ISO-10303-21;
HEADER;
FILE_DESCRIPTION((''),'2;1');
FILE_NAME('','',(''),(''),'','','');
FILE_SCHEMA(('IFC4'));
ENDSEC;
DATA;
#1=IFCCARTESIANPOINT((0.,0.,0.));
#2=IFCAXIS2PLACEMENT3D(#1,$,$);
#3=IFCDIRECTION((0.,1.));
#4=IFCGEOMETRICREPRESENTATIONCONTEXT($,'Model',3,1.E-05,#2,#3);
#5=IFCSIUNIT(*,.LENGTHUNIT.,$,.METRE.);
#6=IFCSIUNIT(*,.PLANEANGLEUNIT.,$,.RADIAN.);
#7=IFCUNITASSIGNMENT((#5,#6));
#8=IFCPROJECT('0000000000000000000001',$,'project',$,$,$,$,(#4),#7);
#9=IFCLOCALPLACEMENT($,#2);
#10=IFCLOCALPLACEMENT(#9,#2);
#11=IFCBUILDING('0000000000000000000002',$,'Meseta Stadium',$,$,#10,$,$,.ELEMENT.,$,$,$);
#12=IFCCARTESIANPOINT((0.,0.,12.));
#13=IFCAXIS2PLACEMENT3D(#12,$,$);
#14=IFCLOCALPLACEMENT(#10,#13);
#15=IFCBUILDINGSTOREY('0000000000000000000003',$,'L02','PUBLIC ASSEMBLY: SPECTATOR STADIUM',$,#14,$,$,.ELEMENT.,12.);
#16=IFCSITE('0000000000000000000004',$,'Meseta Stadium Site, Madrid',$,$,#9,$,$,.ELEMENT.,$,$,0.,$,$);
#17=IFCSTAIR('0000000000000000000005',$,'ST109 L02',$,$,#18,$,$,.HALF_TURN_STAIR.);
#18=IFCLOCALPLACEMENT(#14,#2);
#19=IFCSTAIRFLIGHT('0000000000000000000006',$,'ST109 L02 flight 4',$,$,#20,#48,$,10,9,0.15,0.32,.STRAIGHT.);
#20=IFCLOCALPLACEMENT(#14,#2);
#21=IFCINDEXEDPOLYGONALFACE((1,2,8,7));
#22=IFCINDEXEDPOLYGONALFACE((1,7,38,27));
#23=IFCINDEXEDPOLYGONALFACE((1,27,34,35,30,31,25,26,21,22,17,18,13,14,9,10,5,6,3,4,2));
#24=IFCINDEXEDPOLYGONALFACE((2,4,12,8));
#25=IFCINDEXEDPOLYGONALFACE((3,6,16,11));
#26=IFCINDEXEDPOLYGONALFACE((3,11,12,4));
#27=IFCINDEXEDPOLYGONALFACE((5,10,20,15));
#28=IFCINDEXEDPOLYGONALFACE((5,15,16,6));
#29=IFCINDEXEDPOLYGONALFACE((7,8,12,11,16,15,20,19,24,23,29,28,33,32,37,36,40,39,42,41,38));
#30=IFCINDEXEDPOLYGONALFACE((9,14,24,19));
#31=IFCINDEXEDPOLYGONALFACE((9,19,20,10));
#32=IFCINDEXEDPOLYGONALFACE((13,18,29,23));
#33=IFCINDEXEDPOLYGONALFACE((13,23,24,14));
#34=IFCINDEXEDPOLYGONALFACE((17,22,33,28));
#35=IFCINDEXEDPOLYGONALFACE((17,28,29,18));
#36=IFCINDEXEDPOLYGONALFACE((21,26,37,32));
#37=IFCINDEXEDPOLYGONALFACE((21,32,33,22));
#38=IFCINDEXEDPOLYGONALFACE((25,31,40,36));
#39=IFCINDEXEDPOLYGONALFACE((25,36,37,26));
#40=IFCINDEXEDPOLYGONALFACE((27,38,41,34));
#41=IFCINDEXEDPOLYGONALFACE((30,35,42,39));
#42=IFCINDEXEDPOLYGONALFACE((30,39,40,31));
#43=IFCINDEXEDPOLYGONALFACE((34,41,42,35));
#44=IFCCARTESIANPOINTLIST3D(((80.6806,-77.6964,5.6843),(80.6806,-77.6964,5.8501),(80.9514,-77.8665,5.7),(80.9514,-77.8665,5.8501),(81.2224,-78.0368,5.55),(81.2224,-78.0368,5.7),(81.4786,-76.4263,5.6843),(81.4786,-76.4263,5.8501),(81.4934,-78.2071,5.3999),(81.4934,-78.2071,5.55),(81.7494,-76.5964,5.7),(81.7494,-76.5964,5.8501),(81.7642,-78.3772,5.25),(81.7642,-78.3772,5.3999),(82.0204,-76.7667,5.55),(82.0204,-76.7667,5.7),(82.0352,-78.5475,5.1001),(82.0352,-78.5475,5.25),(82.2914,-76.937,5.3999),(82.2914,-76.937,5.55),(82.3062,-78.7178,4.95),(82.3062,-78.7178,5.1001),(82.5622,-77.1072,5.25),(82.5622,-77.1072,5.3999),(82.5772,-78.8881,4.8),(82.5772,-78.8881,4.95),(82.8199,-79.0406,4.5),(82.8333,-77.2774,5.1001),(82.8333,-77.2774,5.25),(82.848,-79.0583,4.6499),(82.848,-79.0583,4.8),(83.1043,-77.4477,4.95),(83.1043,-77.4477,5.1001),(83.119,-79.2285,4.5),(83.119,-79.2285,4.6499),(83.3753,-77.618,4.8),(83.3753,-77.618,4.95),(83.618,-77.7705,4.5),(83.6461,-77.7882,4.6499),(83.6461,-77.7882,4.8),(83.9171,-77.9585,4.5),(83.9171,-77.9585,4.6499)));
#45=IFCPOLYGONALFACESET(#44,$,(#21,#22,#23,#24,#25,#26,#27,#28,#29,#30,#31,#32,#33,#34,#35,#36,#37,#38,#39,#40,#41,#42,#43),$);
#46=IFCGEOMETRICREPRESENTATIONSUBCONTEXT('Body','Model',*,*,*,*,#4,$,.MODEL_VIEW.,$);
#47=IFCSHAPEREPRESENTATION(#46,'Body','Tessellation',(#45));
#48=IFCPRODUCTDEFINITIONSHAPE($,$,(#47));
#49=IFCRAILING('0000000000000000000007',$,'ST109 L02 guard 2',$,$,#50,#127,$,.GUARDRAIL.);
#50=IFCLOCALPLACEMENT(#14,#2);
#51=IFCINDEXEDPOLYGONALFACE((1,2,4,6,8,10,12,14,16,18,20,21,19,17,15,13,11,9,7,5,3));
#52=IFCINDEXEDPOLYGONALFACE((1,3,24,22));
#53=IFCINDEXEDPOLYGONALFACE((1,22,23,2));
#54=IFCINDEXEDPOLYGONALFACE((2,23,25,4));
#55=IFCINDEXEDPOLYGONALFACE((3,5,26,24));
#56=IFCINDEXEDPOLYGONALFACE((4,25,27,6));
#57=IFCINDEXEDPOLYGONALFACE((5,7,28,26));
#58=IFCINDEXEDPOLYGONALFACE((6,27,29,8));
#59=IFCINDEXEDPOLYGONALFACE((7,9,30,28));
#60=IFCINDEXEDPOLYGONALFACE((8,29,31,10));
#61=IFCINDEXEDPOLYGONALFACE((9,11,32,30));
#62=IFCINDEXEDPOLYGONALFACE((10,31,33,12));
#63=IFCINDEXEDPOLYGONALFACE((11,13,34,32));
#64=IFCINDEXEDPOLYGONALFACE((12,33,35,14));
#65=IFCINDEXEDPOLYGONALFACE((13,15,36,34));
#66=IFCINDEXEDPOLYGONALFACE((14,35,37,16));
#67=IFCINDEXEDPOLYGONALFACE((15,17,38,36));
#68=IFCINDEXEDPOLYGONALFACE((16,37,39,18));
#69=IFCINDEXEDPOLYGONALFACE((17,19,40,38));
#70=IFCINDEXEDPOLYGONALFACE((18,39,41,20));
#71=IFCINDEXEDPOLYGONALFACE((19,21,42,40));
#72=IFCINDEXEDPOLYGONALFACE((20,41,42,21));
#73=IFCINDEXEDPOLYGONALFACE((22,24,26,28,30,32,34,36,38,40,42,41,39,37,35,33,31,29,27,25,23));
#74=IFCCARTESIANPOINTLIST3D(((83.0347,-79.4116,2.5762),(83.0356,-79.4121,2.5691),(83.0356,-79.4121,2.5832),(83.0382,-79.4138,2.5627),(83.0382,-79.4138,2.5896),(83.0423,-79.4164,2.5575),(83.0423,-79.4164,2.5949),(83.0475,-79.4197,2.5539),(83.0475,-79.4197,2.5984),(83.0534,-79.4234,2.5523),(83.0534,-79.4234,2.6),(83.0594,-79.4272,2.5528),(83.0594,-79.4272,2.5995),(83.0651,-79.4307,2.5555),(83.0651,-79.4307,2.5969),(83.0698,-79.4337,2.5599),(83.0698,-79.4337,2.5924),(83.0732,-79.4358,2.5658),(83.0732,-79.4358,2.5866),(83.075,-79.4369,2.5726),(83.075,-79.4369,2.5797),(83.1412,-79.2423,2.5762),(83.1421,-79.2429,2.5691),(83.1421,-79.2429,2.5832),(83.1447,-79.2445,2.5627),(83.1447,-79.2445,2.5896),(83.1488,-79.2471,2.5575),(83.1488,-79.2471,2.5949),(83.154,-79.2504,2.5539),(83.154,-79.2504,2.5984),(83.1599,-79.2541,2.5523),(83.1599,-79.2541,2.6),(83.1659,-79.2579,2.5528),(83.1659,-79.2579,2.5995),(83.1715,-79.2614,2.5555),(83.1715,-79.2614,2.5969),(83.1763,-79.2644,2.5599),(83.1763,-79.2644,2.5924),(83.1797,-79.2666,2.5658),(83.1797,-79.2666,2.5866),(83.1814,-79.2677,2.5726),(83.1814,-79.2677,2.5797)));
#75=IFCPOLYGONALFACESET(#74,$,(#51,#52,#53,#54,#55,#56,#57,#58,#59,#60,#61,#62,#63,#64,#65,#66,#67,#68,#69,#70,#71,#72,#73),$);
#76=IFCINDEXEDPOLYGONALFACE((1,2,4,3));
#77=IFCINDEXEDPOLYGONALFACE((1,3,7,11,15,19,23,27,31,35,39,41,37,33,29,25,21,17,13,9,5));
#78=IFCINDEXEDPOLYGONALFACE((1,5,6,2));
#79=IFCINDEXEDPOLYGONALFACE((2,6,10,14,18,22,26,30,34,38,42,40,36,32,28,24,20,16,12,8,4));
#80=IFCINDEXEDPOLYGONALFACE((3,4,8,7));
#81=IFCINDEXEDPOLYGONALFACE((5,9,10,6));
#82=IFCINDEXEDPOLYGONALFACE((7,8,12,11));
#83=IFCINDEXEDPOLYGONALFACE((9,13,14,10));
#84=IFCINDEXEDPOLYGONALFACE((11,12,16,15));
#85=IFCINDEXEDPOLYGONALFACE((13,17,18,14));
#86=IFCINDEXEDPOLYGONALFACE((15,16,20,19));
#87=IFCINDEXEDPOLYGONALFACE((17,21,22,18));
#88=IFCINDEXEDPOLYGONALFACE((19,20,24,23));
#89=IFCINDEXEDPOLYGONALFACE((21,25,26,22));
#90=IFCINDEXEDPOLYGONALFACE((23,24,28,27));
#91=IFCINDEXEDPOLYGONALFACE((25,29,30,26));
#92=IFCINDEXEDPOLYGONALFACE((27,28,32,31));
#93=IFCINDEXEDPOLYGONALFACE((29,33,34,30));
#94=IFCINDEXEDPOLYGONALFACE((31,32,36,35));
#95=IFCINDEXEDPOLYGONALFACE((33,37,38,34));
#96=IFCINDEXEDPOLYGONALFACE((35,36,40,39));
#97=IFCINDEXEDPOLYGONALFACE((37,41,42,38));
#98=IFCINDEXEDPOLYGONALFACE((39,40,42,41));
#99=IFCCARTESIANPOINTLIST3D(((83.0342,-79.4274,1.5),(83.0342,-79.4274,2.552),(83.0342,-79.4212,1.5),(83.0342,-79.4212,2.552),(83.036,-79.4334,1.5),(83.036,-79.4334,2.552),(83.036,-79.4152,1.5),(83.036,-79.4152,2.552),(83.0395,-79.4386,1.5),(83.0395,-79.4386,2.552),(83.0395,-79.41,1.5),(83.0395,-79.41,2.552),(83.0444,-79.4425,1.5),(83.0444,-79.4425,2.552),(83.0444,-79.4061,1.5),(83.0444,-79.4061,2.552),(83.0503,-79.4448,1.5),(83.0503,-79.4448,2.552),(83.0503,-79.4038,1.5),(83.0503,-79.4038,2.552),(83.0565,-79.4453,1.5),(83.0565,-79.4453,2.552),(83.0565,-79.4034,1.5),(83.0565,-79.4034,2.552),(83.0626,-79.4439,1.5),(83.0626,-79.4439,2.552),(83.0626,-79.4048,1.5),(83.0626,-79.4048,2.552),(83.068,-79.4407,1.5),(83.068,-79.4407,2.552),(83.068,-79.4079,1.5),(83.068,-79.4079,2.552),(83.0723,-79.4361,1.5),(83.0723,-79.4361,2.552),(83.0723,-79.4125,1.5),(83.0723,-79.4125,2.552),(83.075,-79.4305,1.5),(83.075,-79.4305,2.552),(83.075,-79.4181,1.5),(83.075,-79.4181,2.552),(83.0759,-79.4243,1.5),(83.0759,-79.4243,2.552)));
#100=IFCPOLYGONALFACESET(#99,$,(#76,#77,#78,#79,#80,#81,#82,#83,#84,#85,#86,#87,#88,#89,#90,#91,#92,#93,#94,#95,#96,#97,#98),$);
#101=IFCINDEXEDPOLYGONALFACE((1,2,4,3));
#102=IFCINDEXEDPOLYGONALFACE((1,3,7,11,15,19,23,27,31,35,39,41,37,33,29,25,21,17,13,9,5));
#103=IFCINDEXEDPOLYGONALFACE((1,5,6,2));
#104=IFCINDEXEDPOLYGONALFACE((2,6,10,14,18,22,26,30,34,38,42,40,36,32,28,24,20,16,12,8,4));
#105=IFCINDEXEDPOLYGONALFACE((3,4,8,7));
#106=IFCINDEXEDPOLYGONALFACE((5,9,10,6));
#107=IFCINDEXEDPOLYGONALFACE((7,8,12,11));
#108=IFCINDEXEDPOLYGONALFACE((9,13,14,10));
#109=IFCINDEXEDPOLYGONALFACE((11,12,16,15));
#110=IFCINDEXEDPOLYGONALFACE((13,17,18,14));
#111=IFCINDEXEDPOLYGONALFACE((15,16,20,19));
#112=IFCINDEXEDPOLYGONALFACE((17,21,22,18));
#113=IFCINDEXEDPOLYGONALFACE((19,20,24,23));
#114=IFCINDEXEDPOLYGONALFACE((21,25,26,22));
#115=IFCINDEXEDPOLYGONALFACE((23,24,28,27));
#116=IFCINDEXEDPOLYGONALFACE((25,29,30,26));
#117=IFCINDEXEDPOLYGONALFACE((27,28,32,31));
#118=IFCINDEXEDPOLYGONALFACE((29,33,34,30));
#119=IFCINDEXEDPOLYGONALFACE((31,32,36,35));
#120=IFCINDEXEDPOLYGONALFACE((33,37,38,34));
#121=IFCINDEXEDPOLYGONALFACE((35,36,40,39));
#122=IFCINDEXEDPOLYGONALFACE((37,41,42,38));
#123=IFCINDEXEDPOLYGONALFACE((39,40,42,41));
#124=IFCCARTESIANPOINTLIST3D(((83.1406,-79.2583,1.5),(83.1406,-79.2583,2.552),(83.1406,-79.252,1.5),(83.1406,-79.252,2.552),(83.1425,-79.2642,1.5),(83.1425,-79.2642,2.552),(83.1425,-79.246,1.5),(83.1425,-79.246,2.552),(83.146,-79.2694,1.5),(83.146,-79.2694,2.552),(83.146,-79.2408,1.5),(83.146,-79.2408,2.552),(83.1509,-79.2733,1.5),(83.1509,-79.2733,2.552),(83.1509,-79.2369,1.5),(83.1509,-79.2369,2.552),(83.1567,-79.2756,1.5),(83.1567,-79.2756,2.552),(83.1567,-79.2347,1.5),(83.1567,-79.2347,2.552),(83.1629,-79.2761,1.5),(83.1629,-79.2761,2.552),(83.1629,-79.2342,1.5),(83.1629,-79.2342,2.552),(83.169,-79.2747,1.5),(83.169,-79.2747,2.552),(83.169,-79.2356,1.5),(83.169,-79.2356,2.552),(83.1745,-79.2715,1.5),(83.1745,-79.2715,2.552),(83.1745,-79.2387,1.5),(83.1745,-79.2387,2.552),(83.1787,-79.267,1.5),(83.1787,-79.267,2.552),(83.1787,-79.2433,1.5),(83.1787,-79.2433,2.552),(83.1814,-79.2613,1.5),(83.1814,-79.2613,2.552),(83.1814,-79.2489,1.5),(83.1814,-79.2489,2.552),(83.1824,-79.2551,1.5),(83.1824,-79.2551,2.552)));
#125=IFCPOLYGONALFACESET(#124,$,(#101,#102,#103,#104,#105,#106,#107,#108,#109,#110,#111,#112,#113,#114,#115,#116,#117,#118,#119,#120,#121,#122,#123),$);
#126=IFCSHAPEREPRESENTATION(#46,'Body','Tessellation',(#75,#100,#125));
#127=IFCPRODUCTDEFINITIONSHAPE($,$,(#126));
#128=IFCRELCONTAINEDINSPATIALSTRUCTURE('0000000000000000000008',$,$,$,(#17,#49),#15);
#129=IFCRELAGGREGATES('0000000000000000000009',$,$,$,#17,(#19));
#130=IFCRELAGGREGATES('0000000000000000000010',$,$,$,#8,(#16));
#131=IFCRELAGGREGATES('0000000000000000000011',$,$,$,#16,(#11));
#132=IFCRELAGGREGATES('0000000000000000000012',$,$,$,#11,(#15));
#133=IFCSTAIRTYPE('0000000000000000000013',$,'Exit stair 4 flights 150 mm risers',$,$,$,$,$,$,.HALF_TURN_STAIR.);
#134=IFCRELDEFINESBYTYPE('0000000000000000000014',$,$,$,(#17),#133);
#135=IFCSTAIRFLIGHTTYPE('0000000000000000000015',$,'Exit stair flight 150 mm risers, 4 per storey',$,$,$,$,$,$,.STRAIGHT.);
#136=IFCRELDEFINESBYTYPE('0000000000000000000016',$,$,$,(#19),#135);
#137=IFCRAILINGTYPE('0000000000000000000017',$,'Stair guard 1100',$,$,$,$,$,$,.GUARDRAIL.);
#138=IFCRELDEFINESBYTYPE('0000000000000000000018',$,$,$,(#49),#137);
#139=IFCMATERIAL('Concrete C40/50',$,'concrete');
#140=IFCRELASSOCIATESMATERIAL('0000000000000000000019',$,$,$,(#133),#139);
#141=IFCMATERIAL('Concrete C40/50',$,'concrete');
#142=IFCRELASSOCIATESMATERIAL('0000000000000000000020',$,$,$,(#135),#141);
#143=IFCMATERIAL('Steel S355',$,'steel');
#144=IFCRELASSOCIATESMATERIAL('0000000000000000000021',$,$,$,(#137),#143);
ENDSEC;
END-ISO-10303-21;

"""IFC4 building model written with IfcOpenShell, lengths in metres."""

from ifc_helpers import new_model, si_unit, direction, frame, origin, origin_2d, place, context, subcontext, project, spatial, polyline, circle, outline, extrude, material, type_object, element, aggregate, save


model = new_model("IFC4")

# Units and contexts
model_context = context("Model", 3, precision=1e-05, world=origin(), true_north=direction((0.0, 1.0)))
body_context = subcontext(model_context, "Body", "Model", "MODEL_VIEW")
ifc_project = project(units=[si_unit("LENGTHUNIT", "METRE"), si_unit("PLANEANGLEUNIT", "RADIAN")], contexts=[model_context])

# Site, building, storey
site_placement = place(None, origin())
site = spatial("IfcSite", under=ifc_project, at=site_placement, Name="Meseta Stadium Site, Madrid", CompositionType="ELEMENT", RefElevation=0.0)
building_placement = place(site_placement, origin())
building = spatial("IfcBuilding", under=site, at=building_placement, Name="Meseta Stadium", CompositionType="ELEMENT")
storey_placement = place(building_placement, frame((0.0, 0.0, 12.0)))
storey = spatial("IfcBuildingStorey", under=building, at=storey_placement, Name="L02", Description="PUBLIC ASSEMBLY: SPECTATOR STADIUM", CompositionType="ELEMENT", Elevation=12.0)

# Stair, stair flight
ifc_material_1 = material(Name="Concrete C40/50", Category="concrete")
stair_type = type_object("IfcStairType", Name="Exit stair 4 flights 150 mm risers", PredefinedType="HALF_TURN_STAIR", material=ifc_material_1)
stair_placement = place(storey_placement, origin())
stair = element("IfcStair", 1, at=stair_placement, inside=storey, type_object=stair_type, Name="ST109 L02", PredefinedType="HALF_TURN_STAIR")
ifc_material_2 = material(Name="Concrete C40/50", Category="concrete")
stair_flight_type = type_object("IfcStairFlightType", Name="Exit stair flight 150 mm risers, 4 per storey", PredefinedType="STRAIGHT", material=ifc_material_2)
stair_flight_1_placement = place(storey_placement, frame((83.5181, -78.5935, 4.5), z_axis=(0.0, 0.0, 1.0), x_axis=(-0.846724, 0.532032, 0.0)))
stair_flight_1 = element("IfcStairFlight", 2, at=stair_flight_1_placement, type_object=stair_flight_type, Name="ST109 L02 flight 4", NumberOfRisers=10, NumberOfTreads=9, PredefinedType="STRAIGHT", RiserHeight=0.15, TreadLength=0.32, context=body_context, shape_type="SweptSolid", body=[
    extrude(outline(polyline([(0.0, 0.0), (0.0, 0.1499), (0.3201, 0.1499), (0.3201, 0.3), (0.6399, 0.3), (0.6399, 0.45), (0.96, 0.45), (0.96, 0.6001), (1.28, 0.6001), (1.28, 0.75), (1.6001, 0.75), (1.6001, 0.8999), (1.9199, 0.8999), (1.9199, 1.05), (2.24, 1.05), (2.24, 1.2), (2.5601, 1.2), (2.5601, 1.3501), (2.8799, 1.3501), (2.8799, 1.1843), (0.3533, 0.0), (0.0, 0.0)])), frame((0.0, 0.75, 0.0), z_axis=(0.0, -1.0, 0.0), x_axis=(1.0, 0.0, 0.0)), (0.0, 0.0, 1.0), 1.5),
])
aggregate(stair, [stair_flight_1])

# Railing
ifc_material_3 = material(Name="Steel S355", Category="steel")
railing_type_1 = type_object("IfcRailingType", Name="Stair guard 1100", PredefinedType="GUARDRAIL", material=ifc_material_3)
railing_1_placement = place(storey_placement, frame((83.0549, -79.4243, 1.5)))
element("IfcRailing", 3, at=railing_1_placement, inside=storey, type_object=railing_type_1, Name="ST109 L02 guard 2", PredefinedType="GUARDRAIL", context=body_context, shape_type="SweptSolid", body=[
    extrude(circle(Radius=0.0239, at=origin_2d()), frame((0.0, 0.0, 1.0762), z_axis=(0.532522, 0.846416, 0.0), x_axis=(-0.846416, 0.532522, 0.0)), (0.0, 0.0, 1.0), 0.2),
    extrude(circle(Radius=0.021, at=origin_2d()), origin(), (0.0, 0.0, 1.0), 1.052),
    extrude(circle(Radius=0.021, at=origin_2d()), frame((0.1064, 0.1692, 0.0)), (0.0, 0.0, 1.0), 1.052),
])

save(model, "model.ifc")
